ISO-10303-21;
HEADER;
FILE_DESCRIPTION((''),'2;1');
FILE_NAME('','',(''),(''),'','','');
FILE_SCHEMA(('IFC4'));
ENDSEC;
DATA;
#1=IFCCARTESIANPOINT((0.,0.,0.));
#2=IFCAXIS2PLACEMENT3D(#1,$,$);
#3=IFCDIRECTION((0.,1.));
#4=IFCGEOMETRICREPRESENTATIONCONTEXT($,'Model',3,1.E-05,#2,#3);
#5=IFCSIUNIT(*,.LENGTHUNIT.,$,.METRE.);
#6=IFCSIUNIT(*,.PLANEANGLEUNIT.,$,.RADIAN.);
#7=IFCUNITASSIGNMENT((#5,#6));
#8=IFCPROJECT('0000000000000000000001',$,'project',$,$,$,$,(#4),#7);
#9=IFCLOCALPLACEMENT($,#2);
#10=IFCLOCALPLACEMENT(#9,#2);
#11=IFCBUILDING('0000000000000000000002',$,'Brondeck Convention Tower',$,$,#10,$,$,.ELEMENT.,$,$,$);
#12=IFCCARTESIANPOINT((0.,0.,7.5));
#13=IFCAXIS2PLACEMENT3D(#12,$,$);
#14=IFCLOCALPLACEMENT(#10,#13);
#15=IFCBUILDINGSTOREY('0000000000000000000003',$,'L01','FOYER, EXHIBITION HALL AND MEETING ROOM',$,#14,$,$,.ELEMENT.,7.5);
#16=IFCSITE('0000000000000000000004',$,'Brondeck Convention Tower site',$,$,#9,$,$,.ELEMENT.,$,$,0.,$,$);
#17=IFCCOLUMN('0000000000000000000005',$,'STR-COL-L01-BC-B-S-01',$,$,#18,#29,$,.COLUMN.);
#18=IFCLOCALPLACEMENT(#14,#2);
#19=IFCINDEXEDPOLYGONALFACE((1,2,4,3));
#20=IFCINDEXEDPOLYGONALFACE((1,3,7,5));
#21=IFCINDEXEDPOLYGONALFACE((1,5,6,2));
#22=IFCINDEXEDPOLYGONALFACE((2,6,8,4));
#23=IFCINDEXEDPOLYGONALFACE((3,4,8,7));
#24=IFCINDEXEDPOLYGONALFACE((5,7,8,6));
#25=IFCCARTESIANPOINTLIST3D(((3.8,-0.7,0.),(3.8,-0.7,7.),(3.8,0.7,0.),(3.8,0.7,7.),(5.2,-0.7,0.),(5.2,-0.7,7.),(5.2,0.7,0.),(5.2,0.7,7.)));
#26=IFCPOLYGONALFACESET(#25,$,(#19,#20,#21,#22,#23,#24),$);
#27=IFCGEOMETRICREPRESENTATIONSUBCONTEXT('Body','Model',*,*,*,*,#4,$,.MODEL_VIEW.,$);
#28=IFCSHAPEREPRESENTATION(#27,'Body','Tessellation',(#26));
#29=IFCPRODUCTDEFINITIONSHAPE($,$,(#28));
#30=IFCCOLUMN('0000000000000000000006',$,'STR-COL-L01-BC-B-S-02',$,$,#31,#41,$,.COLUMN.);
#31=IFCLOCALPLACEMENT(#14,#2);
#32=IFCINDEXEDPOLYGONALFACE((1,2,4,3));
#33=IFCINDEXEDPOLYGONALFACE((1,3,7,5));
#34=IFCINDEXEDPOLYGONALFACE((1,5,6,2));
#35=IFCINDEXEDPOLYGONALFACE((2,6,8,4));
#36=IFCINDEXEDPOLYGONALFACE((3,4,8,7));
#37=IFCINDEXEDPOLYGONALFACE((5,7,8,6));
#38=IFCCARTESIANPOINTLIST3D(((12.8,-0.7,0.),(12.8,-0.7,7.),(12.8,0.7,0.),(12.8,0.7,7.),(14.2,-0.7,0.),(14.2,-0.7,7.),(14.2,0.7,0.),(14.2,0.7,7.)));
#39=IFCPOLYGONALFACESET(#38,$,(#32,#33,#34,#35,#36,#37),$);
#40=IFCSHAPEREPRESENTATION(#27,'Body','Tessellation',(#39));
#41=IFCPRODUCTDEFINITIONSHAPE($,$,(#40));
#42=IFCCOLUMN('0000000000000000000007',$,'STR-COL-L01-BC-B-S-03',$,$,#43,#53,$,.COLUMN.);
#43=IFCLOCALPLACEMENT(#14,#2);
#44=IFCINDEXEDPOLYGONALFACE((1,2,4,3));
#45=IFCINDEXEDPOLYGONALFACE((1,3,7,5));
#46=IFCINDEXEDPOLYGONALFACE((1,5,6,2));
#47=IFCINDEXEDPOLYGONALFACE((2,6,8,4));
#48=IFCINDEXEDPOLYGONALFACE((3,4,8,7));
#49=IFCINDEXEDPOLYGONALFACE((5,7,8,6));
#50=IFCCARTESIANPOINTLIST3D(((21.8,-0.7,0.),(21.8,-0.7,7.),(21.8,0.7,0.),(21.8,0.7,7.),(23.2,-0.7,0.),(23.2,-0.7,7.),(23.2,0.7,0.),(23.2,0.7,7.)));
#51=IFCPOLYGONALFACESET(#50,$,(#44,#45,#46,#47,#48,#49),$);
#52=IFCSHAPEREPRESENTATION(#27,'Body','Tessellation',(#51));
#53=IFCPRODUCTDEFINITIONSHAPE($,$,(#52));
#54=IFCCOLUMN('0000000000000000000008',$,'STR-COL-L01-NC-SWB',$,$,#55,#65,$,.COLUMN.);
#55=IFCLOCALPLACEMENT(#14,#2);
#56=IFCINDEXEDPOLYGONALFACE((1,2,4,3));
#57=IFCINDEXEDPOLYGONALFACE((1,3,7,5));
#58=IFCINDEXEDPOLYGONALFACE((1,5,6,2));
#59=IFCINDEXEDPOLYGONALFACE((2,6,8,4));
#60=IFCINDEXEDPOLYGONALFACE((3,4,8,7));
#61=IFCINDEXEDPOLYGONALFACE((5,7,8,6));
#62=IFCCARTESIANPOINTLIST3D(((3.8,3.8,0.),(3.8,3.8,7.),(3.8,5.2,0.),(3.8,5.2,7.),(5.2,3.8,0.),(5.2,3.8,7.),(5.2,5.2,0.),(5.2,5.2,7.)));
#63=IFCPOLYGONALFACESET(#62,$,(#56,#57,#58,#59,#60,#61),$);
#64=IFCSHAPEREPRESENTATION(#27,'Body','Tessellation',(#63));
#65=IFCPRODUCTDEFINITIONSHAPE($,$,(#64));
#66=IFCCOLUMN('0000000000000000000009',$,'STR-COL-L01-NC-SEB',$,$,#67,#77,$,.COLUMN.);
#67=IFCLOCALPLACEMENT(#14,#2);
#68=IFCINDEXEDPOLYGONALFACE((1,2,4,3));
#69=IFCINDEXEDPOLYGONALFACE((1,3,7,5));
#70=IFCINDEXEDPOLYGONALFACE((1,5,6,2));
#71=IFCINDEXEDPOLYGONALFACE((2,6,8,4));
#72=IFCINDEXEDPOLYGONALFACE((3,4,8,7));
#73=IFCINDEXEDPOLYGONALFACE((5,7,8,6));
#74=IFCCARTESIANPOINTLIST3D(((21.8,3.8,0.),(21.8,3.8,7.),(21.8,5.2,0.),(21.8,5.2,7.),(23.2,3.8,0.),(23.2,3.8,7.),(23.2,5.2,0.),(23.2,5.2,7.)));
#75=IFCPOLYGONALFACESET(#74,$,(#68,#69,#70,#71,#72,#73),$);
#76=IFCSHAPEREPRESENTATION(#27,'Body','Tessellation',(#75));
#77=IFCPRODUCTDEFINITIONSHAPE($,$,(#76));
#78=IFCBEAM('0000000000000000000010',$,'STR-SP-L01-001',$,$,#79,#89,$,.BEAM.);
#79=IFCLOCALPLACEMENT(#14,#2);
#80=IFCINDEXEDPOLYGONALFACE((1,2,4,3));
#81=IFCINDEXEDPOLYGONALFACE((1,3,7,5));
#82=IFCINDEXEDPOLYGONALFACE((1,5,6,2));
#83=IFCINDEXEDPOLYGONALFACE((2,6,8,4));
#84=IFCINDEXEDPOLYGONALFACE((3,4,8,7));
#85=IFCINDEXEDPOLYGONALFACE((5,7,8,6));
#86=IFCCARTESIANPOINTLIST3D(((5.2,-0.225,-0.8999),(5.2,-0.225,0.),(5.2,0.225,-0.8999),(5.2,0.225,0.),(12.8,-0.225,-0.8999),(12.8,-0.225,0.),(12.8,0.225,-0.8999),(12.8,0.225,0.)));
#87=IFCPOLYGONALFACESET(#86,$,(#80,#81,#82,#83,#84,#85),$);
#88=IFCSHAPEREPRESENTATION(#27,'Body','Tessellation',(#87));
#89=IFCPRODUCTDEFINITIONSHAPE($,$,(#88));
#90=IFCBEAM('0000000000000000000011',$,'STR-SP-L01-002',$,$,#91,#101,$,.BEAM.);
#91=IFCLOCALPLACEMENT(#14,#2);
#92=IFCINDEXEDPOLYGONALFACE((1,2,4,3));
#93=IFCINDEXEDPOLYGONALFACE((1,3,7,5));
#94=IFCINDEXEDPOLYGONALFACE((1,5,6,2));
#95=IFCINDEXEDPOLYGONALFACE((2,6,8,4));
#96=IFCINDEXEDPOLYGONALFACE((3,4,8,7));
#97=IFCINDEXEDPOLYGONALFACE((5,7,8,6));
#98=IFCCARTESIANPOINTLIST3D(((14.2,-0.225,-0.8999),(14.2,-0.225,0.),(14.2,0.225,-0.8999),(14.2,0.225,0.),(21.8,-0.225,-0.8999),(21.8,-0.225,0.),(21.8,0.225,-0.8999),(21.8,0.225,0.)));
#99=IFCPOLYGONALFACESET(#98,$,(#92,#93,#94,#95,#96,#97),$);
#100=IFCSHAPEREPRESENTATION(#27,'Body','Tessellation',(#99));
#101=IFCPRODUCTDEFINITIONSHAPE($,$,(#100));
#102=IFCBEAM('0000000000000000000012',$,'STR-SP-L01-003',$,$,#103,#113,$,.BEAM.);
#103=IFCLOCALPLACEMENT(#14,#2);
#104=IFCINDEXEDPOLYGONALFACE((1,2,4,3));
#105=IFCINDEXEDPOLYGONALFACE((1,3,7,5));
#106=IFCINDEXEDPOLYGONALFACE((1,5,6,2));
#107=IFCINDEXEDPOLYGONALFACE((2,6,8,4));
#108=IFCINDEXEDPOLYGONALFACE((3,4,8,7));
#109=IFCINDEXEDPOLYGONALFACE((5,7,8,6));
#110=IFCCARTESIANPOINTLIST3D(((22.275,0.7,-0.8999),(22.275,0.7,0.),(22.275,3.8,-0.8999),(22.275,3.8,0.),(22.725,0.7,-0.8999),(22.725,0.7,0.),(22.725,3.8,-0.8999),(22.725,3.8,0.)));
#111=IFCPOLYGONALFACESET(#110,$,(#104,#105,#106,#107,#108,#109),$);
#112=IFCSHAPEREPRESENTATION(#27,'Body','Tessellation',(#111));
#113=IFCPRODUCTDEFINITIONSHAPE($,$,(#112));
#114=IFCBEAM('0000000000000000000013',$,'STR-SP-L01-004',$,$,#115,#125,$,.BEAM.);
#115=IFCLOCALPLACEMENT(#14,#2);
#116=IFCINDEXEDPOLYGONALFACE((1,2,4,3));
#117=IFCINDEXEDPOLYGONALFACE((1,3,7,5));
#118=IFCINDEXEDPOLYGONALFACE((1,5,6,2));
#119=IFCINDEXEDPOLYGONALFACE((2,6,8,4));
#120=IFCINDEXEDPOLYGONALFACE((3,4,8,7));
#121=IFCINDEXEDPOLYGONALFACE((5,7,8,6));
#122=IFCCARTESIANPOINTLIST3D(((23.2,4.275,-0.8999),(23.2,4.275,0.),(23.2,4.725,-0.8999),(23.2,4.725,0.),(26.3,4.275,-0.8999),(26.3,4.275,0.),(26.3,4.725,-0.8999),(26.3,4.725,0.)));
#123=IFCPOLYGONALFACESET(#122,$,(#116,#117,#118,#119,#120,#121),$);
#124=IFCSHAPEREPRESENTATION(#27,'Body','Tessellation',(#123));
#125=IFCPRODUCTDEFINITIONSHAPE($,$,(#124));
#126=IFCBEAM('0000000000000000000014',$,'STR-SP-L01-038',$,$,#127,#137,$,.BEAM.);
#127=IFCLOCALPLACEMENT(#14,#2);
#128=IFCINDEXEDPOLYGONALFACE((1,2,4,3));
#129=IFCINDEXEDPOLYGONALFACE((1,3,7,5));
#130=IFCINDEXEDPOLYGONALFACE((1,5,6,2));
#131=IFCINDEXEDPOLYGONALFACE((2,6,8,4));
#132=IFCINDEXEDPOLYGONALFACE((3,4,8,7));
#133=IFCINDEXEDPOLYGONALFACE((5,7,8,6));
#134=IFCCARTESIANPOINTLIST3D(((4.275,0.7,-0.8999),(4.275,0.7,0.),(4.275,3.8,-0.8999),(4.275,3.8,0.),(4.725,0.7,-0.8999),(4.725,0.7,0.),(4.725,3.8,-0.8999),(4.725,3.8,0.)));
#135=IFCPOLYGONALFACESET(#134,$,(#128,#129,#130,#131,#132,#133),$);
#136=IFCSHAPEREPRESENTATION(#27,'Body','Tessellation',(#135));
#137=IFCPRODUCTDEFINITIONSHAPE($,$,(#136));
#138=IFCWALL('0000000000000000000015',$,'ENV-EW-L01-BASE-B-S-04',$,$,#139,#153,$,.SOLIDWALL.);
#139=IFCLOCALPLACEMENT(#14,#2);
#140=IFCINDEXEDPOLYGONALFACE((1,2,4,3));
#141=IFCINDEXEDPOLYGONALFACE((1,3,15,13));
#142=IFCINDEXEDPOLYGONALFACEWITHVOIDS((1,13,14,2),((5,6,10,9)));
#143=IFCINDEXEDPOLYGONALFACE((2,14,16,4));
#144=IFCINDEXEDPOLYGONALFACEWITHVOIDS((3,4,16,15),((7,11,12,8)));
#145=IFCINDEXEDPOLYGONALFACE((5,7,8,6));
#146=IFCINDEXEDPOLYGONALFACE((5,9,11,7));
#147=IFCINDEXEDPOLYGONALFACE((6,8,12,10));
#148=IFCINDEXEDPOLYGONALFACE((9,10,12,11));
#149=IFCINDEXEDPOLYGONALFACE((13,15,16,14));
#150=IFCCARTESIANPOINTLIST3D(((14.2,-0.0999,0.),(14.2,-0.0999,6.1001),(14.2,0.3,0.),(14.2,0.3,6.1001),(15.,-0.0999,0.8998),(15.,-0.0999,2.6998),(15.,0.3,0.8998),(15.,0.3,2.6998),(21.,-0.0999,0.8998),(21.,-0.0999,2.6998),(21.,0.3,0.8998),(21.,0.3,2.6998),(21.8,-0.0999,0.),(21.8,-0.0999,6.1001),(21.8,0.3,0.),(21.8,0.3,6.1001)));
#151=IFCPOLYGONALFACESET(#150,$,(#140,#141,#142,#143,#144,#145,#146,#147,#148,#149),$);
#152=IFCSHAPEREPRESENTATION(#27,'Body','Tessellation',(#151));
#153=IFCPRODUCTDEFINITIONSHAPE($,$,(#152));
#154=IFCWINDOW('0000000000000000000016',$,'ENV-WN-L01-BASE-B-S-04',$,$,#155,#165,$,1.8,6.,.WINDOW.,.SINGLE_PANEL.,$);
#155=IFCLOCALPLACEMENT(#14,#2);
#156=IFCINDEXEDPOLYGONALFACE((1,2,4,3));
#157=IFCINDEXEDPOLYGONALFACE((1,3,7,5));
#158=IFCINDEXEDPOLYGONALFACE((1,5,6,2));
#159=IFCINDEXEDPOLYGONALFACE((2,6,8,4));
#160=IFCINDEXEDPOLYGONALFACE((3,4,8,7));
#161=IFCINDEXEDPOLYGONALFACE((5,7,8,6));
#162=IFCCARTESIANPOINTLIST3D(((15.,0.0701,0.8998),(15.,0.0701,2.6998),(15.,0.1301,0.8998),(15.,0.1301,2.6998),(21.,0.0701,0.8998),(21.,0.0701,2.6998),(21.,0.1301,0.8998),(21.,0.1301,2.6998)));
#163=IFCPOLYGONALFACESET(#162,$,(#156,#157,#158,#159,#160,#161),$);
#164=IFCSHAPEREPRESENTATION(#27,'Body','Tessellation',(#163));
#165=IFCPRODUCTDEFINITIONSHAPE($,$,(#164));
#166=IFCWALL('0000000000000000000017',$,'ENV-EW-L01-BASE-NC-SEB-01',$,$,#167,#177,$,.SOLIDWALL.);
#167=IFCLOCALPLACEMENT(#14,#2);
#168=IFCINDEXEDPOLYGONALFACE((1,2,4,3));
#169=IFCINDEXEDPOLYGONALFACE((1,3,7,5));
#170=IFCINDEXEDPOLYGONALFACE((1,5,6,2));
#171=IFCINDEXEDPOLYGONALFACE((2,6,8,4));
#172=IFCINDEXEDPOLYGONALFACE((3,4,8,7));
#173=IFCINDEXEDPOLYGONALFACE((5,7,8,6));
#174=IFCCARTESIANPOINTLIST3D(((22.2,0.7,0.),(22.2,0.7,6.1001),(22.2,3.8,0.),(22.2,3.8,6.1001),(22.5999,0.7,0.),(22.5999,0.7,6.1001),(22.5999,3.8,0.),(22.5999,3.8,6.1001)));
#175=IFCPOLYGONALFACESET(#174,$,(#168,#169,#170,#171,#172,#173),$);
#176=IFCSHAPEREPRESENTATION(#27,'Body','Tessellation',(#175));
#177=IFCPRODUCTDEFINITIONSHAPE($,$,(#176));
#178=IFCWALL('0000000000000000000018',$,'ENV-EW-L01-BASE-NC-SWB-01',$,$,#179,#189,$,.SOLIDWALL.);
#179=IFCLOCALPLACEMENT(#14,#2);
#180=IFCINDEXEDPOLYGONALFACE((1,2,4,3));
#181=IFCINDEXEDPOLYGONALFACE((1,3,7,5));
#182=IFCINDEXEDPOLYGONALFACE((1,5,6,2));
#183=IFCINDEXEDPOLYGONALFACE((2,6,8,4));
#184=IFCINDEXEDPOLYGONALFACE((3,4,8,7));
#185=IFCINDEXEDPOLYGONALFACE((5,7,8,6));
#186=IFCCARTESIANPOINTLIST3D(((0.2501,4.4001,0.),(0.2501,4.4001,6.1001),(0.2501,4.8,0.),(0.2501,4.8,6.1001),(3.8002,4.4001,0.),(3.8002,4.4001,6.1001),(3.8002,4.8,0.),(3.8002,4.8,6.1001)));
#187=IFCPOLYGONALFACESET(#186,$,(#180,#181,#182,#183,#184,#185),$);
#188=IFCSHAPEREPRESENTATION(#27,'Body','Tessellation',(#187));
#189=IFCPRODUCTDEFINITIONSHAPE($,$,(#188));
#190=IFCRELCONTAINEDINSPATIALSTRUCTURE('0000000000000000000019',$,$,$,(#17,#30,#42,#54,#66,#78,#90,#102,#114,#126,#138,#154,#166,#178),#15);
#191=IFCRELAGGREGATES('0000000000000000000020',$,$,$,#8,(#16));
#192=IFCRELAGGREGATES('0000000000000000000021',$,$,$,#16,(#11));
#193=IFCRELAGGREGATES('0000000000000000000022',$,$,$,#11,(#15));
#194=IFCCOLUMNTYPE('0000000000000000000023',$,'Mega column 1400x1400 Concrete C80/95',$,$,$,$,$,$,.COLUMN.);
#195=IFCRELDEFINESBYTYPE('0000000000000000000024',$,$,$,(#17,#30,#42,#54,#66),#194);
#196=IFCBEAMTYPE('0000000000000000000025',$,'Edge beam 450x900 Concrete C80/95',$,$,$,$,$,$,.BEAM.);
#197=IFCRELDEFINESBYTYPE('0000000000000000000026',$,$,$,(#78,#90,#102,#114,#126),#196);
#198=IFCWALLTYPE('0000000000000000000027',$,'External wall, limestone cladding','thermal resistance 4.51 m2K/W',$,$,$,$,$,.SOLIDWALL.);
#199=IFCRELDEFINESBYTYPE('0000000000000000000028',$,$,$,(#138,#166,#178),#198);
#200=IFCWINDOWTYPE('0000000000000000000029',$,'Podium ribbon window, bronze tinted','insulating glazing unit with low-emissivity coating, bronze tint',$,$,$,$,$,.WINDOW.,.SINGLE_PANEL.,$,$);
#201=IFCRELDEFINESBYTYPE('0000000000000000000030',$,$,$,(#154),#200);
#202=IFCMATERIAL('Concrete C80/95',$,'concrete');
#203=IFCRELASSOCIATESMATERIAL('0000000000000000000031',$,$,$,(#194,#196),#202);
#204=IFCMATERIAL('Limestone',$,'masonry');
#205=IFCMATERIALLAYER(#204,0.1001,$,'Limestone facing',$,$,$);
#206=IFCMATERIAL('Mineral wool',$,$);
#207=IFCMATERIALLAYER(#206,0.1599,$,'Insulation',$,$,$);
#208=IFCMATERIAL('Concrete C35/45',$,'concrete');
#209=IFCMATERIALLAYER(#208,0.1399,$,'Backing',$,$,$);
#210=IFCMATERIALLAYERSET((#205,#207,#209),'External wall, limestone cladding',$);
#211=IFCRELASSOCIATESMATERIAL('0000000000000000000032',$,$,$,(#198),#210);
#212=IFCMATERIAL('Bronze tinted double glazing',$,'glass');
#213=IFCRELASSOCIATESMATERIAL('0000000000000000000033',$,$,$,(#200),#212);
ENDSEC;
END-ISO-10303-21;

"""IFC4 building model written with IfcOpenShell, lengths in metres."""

from ifc_helpers import new_model, si_unit, direction, frame, frame_2d, origin, origin_2d, place, context, subcontext, project, spatial, rectangle, extrude, material, layer, layer_set, material_profile, profile_set, type_object, element, fill, save


model = new_model("IFC4")

# Units and contexts
model_context = context("Model", 3, precision=1e-05, world=origin(), true_north=direction((0.0, 1.0)))
body_context = subcontext(model_context, "Body", "Model", "MODEL_VIEW")
ifc_project = project(units=[si_unit("LENGTHUNIT", "METRE"), si_unit("PLANEANGLEUNIT", "RADIAN")], contexts=[model_context])

# Site, building, storey
site_placement = place(None, origin())
site = spatial("IfcSite", under=ifc_project, at=site_placement, Name="Brondeck Convention Tower site", CompositionType="ELEMENT", RefElevation=0.0)
building_placement = place(site_placement, origin())
building = spatial("IfcBuilding", under=site, at=building_placement, Name="Brondeck Convention Tower", CompositionType="ELEMENT")
storey_placement = place(building_placement, frame((0.0, 0.0, 7.5)))
storey = spatial("IfcBuildingStorey", under=building, at=storey_placement, Name="L01", Description="FOYER, EXHIBITION HALL AND MEETING ROOM", CompositionType="ELEMENT", Elevation=7.5)

# Columns
ifc_material_1 = material(Name="Concrete C80/95", Category="concrete")
ifc_material_profile_1 = material_profile(ifc_material_1, rectangle(XDim=1.3999, YDim=1.3999, at=origin_2d()), Name="Mega column 1400x1400 Concrete C80/95")
ifc_profile_set_1 = profile_set([ifc_material_profile_1], Name="Concrete C80/95")
column_type = type_object("IfcColumnType", Name="Mega column 1400x1400 Concrete C80/95", PredefinedType="COLUMN", material=ifc_profile_set_1)
for number, where, z_axis, x_axis, name in (
    (1, (4.5, 0.0, 0.0), (0.0, 0.0, 1.0), (1.0, 0.0, 0.0), "STR-COL-L01-BC-B-S-01"),
    (2, (13.5, 0.0, 0.0), (0.0, 0.0, 1.0), (1.0, 0.0, 0.0), "STR-COL-L01-BC-B-S-02"),
    (3, (22.5, 0.0, 0.0), (0.0, 0.0, 1.0), (1.0, 0.0, 0.0), "STR-COL-L01-BC-B-S-03"),
    (4, (4.5, 4.5, 0.0), (0.0, 0.0, 1.0), (1.0, 0.0, 0.0), "STR-COL-L01-NC-SWB"),
    (5, (22.5, 4.5, 0.0), (0.0, 0.0, 1.0), (1.0, 0.0, 0.0), "STR-COL-L01-NC-SEB"),
):
    element("IfcColumn", number, at=place(storey_placement, frame(where, z_axis=z_axis, x_axis=x_axis)), inside=storey, type_object=column_type, Name=name, PredefinedType="COLUMN", context=body_context, shape_type="SweptSolid", body=[
        extrude(rectangle(XDim=1.3999, YDim=1.3999, at=origin_2d()), origin(), (0.0, 0.0, 1.0), 7.0),
    ])

# Beams
ifc_material_profile_2 = material_profile(ifc_material_1, rectangle(XDim=0.45, YDim=0.8999, at=origin_2d()), Name="Edge beam 450x900 Concrete C80/95")
ifc_profile_set_2 = profile_set([ifc_material_profile_2], Name="Concrete C80/95")
beam_type = type_object("IfcBeamType", Name="Edge beam 450x900 Concrete C80/95", PredefinedType="BEAM", material=ifc_profile_set_2)
for number, where, z_axis, x_axis, name in (
    (6, (5.2, 0.0, -0.45), (1.0, 0.0, 0.0), (0.0, 1.0, 0.0), "STR-SP-L01-001"),
    (7, (14.2, 0.0, -0.45), (1.0, 0.0, 0.0), (0.0, 1.0, 0.0), "STR-SP-L01-002"),
):
    element("IfcBeam", number, at=place(storey_placement, frame(where, z_axis=z_axis, x_axis=x_axis)), inside=storey, type_object=beam_type, Name=name, PredefinedType="BEAM", context=body_context, shape_type="SweptSolid", body=[
        extrude(rectangle(XDim=0.45, YDim=0.8999, at=origin_2d()), origin(), (0.0, 0.0, 1.0), 7.6001),
    ])
for number, where, z_axis, x_axis, name in (
    (8, (22.5, 0.7, -0.45), (0.0, 1.0, 0.0), (-1.0, 0.0, 0.0), "STR-SP-L01-003"),
    (9, (23.2, 4.5, -0.45), (1.0, 0.0, 0.0), (0.0, 1.0, 0.0), "STR-SP-L01-004"),
    (10, (4.5, 3.8, -0.45), (0.0, -1.0, 0.0), (1.0, 0.0, 0.0), "STR-SP-L01-038"),
):
    element("IfcBeam", number, at=place(storey_placement, frame(where, z_axis=z_axis, x_axis=x_axis)), inside=storey, type_object=beam_type, Name=name, PredefinedType="BEAM", context=body_context, shape_type="SweptSolid", body=[
        extrude(rectangle(XDim=0.45, YDim=0.8999, at=origin_2d()), origin(), (0.0, 0.0, 1.0), 3.1001),
    ])

# Wall, opening, window
ifc_material_2 = material(Name="Limestone", Category="masonry")
ifc_layer_1 = layer(ifc_material_2, 0.1001, Name="Limestone facing")
ifc_material_3 = material(Name="Mineral wool")
ifc_layer_2 = layer(ifc_material_3, 0.1599, Name="Insulation")
ifc_material_4 = material(Name="Concrete C35/45", Category="concrete")
ifc_layer_3 = layer(ifc_material_4, 0.1399, Name="Backing")
ifc_layer_set_1 = layer_set([ifc_layer_1, ifc_layer_2, ifc_layer_3], Name="External wall, limestone cladding")
wall_type_1 = type_object("IfcWallType", Name="External wall, limestone cladding", Description="thermal resistance 4.51 m2K/W", PredefinedType="SOLIDWALL", material=ifc_layer_set_1)
wall_1_placement = place(storey_placement, frame((21.8, 0.1001, 0.0), z_axis=(0.0, 0.0, 1.0), x_axis=(-1.0, 0.0, 0.0)))
wall_1 = element("IfcWall", 11, at=wall_1_placement, inside=storey, type_object=wall_type_1, Name="ENV-EW-L01-BASE-B-S-04", PredefinedType="SOLIDWALL", context=body_context, shape_type="SweptSolid", body=[
    extrude(rectangle(XDim=7.6001, YDim=0.3999, at=frame_2d((3.8, 0.0))), origin(), (0.0, 0.0, 1.0), 6.1001),
])
opening_1_placement = place(wall_1_placement, frame((0.8, 0.0, 0.8999)))
opening_1 = element("IfcOpeningElement", 12, at=opening_1_placement, cuts=wall_1, PredefinedType="OPENING", context=body_context, shape_type="SweptSolid", body=[
    extrude(rectangle(XDim=6.0, YDim=1.8, at=frame_2d((3.0, 0.8999))), frame((0.0, 0.21, 0.0), z_axis=(0.0, -1.0, 0.0), x_axis=(1.0, 0.0, 0.0)), (0.0, 0.0, 1.0), 0.4199),
])
ifc_material_5 = material(Name="Bronze tinted double glazing", Category="glass")
window_type = type_object("IfcWindowType", Name="Podium ribbon window, bronze tinted", Description="insulating glazing unit with low-emissivity coating, bronze tint", PartitioningType="SINGLE_PANEL", PredefinedType="WINDOW", material=ifc_material_5)
window_placement = place(opening_1_placement, origin())
window = element("IfcWindow", 13, at=window_placement, inside=storey, type_object=window_type, Name="ENV-WN-L01-BASE-B-S-04", OverallHeight=1.8, OverallWidth=6.0, PartitioningType="SINGLE_PANEL", PredefinedType="WINDOW", context=body_context, shape_type="SweptSolid", body=[
    extrude(rectangle(XDim=6.0, YDim=1.8, at=frame_2d((3.0, 0.8999))), frame((0.0, 0.03, 0.0), z_axis=(0.0, -1.0, 0.0), x_axis=(1.0, 0.0, 0.0)), (0.0, 0.0, 1.0), 0.0601),
])
fill(opening_1, window)

# Walls
wall_2_placement = place(storey_placement, frame((22.3999, 3.8, 0.0), z_axis=(0.0, 0.0, 1.0), x_axis=(0.0, -1.0, 0.0)))
element("IfcWall", 14, at=wall_2_placement, inside=storey, type_object=wall_type_1, Name="ENV-EW-L01-BASE-NC-SEB-01", PredefinedType="SOLIDWALL", context=body_context, shape_type="SweptSolid", body=[
    extrude(rectangle(XDim=3.1001, YDim=0.3999, at=frame_2d((1.55, 0.0))), origin(), (0.0, 0.0, 1.0), 6.1001),
])
wall_3_placement = place(storey_placement, frame((3.8, 4.6001, 0.0), z_axis=(0.0, 0.0, 1.0), x_axis=(-1.0, 0.0, 0.0)))
element("IfcWall", 15, at=wall_3_placement, inside=storey, type_object=wall_type_1, Name="ENV-EW-L01-BASE-NC-SWB-01", PredefinedType="SOLIDWALL", context=body_context, shape_type="SweptSolid", body=[
    extrude(rectangle(XDim=3.55, YDim=0.3999, at=frame_2d((1.7749, 0.0))), origin(), (0.0, 0.0, 1.0), 6.1001),
])

save(model, "model.ifc")
